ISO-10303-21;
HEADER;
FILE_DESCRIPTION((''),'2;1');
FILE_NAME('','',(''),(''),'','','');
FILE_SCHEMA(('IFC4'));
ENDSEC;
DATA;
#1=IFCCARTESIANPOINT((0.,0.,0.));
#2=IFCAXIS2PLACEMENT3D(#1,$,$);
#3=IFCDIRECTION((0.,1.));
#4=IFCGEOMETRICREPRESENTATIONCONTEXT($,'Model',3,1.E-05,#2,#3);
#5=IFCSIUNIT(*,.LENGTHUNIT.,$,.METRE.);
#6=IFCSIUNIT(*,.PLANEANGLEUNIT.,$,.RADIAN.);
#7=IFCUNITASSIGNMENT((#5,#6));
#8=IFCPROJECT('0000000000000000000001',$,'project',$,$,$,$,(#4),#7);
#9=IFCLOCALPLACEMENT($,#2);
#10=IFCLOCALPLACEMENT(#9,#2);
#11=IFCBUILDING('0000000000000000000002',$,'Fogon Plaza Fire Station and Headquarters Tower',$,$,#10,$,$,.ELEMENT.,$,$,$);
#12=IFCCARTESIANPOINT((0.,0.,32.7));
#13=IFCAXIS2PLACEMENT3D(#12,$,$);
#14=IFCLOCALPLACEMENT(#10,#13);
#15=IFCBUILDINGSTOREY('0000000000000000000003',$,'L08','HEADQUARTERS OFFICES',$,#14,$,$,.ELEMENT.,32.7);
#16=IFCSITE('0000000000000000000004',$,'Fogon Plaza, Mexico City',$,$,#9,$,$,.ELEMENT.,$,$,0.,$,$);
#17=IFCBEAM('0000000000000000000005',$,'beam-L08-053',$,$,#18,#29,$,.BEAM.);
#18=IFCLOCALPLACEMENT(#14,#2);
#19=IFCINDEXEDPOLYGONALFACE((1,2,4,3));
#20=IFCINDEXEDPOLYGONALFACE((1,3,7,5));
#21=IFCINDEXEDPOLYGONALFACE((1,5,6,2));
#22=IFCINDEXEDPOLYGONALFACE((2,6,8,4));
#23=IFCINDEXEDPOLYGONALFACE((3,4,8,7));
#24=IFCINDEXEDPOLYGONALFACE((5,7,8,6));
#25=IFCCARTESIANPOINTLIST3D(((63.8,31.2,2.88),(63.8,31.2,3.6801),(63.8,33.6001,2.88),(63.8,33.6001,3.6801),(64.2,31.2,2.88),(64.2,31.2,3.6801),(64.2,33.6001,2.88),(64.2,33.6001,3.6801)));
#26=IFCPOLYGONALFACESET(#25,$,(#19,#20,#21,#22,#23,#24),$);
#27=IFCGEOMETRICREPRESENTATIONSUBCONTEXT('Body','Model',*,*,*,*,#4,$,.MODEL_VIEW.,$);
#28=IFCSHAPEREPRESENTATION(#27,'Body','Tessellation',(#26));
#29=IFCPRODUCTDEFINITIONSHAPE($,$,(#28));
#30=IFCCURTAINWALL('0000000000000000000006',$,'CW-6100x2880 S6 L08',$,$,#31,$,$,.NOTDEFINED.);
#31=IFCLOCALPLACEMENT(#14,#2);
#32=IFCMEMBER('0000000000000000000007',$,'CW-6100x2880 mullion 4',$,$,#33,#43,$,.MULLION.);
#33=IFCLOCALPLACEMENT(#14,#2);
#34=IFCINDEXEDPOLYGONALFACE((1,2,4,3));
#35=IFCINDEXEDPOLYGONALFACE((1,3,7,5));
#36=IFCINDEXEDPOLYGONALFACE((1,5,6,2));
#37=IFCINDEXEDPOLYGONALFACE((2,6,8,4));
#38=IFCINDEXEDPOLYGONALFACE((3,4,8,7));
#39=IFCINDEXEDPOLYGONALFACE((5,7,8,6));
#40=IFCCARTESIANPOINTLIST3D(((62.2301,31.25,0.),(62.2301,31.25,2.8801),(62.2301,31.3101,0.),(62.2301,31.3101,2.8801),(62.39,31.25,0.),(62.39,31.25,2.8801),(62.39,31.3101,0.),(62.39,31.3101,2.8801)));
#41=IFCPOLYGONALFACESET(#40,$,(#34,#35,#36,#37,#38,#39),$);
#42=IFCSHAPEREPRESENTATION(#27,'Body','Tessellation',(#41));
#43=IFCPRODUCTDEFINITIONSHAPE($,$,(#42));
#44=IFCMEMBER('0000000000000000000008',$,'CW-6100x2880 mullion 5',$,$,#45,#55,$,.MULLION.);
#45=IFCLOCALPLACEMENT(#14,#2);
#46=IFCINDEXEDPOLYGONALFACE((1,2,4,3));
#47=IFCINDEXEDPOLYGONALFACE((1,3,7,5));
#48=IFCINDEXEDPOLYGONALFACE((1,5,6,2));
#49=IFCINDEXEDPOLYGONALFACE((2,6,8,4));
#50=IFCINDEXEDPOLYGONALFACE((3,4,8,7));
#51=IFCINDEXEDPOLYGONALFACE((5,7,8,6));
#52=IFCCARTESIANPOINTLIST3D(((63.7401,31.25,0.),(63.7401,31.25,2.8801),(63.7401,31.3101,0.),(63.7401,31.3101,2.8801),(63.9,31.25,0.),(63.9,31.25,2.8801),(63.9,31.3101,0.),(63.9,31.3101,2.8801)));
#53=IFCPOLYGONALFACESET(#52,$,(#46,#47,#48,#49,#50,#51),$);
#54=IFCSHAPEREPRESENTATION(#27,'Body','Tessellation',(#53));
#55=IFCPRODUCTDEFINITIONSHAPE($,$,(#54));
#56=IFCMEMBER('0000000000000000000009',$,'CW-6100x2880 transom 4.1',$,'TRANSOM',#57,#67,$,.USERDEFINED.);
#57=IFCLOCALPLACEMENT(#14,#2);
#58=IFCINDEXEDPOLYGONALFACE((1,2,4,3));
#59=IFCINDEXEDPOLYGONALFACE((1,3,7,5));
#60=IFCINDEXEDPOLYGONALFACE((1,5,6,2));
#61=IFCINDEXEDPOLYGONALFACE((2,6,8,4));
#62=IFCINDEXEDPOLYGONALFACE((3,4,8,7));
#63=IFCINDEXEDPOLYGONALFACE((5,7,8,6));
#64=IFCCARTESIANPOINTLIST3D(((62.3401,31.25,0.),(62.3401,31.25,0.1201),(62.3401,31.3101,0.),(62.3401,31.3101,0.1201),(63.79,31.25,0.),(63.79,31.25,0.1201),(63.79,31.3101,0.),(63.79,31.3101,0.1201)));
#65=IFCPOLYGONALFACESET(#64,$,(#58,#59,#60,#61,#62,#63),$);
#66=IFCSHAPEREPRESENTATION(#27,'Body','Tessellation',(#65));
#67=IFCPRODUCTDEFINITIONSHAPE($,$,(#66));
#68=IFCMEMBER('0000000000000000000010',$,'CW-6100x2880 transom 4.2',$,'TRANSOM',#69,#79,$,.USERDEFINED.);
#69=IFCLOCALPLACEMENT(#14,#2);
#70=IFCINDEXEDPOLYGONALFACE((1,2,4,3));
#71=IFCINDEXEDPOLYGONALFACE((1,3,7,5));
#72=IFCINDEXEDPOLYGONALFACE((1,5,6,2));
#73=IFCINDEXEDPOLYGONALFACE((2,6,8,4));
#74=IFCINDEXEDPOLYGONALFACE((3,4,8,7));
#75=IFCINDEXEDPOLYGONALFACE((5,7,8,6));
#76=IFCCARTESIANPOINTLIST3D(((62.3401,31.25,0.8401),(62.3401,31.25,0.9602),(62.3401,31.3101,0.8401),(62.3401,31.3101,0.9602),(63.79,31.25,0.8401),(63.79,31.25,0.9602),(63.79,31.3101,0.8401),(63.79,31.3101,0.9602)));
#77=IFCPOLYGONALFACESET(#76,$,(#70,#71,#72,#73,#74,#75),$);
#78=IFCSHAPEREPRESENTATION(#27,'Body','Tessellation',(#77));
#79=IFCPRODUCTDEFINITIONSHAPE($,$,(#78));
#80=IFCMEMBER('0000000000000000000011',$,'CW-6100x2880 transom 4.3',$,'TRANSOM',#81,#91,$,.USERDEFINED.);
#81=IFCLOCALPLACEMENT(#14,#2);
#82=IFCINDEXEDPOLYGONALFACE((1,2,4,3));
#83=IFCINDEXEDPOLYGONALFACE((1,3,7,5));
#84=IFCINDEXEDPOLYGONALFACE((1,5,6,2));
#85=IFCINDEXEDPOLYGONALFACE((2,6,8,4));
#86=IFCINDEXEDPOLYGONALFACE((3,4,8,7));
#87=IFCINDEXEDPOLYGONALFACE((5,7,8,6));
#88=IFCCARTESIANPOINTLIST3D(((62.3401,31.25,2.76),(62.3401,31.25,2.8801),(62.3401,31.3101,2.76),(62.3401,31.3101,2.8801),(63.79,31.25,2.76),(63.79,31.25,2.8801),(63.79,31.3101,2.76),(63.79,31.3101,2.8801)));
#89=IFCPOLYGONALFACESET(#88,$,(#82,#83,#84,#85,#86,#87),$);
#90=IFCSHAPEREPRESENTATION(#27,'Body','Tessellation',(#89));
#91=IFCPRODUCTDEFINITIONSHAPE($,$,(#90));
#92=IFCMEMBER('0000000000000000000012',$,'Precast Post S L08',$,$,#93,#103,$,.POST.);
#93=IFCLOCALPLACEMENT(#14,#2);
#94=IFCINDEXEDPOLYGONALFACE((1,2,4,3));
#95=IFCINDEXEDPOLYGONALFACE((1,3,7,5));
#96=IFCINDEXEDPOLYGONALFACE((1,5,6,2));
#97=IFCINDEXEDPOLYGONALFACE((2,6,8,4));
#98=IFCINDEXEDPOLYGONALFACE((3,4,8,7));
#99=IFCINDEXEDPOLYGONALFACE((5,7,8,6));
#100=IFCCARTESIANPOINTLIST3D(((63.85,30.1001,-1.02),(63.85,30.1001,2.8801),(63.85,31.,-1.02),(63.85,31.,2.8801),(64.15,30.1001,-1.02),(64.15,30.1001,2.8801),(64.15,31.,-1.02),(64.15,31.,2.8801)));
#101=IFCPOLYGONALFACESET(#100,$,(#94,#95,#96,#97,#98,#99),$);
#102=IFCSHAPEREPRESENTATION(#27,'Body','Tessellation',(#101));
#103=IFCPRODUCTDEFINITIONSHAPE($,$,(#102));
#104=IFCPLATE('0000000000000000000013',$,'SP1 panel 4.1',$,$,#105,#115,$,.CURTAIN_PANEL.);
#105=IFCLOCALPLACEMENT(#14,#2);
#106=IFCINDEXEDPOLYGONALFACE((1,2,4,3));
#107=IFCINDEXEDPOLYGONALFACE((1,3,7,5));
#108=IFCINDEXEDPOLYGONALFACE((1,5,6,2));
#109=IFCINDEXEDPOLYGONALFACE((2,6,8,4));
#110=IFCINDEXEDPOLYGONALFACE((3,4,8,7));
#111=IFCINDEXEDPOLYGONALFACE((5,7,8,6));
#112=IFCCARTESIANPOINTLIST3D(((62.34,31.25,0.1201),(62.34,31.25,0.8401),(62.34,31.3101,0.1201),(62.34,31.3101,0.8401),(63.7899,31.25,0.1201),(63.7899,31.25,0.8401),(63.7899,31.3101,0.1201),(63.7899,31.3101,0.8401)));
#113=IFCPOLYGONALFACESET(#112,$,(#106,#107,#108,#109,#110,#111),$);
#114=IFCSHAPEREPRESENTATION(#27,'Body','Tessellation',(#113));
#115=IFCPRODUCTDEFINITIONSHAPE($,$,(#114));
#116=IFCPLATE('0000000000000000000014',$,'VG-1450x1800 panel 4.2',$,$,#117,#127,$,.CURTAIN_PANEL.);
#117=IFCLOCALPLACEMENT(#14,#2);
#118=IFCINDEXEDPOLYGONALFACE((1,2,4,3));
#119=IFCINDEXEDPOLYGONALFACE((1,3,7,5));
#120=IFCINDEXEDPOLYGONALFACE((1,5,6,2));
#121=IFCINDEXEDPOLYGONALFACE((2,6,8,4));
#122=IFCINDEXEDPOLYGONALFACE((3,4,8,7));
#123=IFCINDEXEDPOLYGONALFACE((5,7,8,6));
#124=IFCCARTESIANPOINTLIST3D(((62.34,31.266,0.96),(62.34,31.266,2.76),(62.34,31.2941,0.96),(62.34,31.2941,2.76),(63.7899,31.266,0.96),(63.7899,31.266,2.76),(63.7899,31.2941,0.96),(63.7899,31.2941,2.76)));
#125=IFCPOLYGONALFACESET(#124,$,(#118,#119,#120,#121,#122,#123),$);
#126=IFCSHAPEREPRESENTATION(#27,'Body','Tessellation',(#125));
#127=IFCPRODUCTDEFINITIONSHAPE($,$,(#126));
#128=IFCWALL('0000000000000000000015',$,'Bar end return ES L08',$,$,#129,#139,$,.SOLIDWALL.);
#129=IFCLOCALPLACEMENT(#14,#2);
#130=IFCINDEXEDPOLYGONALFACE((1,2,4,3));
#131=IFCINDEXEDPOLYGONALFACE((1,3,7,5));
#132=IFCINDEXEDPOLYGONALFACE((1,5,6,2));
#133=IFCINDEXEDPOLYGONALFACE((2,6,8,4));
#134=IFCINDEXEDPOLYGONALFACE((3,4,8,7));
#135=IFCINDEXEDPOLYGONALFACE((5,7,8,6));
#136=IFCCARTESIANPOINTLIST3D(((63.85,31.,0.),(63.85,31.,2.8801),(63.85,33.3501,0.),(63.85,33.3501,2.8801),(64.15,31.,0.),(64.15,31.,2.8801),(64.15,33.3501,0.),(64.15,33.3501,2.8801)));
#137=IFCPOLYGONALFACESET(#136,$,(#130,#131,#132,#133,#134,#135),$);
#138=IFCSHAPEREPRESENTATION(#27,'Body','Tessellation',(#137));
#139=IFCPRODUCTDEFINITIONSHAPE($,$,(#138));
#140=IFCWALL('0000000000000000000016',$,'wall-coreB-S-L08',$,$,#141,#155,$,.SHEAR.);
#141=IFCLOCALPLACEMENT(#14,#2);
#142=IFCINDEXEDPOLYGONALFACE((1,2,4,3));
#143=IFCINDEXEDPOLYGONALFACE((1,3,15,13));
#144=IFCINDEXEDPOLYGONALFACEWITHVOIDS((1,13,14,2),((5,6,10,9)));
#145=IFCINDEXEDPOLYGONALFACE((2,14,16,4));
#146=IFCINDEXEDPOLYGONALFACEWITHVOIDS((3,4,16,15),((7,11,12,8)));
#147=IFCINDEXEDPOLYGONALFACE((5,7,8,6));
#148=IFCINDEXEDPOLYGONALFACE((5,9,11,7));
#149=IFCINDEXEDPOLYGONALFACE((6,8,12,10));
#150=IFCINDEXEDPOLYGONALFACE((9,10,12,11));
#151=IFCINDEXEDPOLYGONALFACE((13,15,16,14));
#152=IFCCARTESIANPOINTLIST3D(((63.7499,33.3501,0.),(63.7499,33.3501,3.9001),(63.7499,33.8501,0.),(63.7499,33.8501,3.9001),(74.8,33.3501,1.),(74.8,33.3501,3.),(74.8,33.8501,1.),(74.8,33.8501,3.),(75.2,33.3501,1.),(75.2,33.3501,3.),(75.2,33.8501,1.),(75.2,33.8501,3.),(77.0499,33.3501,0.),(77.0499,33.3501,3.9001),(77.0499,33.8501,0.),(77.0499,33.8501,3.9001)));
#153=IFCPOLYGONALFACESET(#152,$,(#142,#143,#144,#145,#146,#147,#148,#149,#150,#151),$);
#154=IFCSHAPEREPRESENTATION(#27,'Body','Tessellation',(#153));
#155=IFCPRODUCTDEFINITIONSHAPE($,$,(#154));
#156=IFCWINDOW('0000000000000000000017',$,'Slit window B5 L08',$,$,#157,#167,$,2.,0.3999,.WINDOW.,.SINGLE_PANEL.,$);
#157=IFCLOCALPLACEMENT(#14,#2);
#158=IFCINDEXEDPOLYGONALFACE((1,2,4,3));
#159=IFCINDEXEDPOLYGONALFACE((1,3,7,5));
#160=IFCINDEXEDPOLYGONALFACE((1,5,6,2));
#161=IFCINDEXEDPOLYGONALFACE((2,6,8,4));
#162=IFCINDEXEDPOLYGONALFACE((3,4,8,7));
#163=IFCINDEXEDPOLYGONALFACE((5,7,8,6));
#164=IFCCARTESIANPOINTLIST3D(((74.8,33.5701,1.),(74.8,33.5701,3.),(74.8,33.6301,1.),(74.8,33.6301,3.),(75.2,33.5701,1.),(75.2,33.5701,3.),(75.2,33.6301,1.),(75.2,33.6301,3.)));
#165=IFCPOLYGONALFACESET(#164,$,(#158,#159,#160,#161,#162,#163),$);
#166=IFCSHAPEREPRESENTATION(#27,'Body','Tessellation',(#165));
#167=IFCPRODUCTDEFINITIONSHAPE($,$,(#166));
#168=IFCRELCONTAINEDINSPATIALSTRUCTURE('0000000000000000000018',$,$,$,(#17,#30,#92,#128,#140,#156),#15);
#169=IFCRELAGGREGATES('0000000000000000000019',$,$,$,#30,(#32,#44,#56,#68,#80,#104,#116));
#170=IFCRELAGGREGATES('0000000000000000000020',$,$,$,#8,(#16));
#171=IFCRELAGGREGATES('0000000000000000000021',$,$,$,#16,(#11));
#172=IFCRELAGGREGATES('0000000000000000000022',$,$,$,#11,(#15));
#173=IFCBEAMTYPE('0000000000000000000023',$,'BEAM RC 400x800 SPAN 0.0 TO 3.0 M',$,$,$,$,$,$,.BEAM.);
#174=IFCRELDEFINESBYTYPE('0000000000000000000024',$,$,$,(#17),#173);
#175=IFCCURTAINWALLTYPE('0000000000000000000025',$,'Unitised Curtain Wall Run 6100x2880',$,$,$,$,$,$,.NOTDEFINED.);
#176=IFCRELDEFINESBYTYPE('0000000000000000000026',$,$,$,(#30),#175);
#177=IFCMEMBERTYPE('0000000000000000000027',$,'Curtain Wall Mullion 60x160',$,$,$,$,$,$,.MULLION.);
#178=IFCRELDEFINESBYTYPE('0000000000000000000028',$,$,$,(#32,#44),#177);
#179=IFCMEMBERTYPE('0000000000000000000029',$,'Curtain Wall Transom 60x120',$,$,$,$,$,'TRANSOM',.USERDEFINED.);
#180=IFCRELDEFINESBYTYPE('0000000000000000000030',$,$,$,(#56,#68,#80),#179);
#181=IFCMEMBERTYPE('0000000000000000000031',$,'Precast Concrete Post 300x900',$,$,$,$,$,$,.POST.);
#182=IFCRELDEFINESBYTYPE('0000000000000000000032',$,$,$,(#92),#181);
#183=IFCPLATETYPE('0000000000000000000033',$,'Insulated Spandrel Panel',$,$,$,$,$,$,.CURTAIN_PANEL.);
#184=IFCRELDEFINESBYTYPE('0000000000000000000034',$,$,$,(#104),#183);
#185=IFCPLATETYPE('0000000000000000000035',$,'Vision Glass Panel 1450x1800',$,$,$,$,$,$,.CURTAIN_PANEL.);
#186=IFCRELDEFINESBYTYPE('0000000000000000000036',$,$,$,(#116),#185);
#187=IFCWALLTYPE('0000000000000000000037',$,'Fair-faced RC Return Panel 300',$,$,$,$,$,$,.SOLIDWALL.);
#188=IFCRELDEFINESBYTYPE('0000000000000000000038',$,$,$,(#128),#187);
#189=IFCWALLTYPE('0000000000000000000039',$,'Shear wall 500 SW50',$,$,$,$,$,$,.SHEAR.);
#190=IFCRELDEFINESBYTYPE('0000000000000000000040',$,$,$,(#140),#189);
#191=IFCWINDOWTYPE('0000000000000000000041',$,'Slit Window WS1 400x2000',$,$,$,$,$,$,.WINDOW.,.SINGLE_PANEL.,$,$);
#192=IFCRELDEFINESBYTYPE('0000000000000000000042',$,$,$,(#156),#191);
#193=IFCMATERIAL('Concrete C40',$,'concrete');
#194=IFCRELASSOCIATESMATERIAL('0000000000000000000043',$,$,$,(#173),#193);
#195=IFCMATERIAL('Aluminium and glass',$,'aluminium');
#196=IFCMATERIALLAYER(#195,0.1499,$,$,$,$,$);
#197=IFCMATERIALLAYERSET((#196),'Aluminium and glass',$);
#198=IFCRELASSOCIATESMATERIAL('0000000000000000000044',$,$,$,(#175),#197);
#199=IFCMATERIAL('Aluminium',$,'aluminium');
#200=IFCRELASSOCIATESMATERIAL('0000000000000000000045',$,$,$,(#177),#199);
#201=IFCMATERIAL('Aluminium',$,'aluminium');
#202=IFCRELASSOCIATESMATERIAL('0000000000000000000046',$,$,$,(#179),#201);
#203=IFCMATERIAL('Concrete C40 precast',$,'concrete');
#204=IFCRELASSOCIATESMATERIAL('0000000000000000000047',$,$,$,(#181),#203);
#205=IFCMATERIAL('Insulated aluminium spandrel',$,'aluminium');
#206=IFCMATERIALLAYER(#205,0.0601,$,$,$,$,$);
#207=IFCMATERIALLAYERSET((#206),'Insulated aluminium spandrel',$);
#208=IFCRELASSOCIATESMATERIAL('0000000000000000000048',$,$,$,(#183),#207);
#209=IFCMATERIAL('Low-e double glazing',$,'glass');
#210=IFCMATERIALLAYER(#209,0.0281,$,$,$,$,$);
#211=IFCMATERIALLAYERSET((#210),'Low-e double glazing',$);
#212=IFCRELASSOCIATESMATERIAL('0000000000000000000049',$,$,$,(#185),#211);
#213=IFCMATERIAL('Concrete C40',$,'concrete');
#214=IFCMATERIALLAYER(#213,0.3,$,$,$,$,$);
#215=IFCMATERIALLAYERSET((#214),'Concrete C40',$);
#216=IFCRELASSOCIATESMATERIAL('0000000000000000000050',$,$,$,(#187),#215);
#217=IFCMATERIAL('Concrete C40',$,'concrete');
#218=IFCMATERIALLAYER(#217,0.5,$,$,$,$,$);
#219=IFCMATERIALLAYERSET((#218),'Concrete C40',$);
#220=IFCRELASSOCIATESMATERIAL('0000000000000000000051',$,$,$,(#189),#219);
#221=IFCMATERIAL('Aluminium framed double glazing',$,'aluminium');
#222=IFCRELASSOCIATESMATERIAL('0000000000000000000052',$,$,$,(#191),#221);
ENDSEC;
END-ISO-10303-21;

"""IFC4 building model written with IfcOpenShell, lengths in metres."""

from ifc_helpers import new_model, si_unit, direction, frame, frame_2d, origin, origin_2d, place, context, subcontext, project, spatial, rectangle, extrude, material, layer, layer_set, material_profile, profile_set, type_object, element, fill, aggregate, save


model = new_model("IFC4")

# Units and contexts
model_context = context("Model", 3, precision=1e-05, world=origin(), true_north=direction((0.0, 1.0)))
body_context = subcontext(model_context, "Body", "Model", "MODEL_VIEW")
ifc_project = project(units=[si_unit("LENGTHUNIT", "METRE"), si_unit("PLANEANGLEUNIT", "RADIAN")], contexts=[model_context])

# Site, building, storey
site_placement = place(None, origin())
site = spatial("IfcSite", under=ifc_project, at=site_placement, Name="Fogon Plaza, Mexico City", CompositionType="ELEMENT", RefElevation=0.0)
building_placement = place(site_placement, origin())
building = spatial("IfcBuilding", under=site, at=building_placement, Name="Fogon Plaza Fire Station and Headquarters Tower", CompositionType="ELEMENT")
storey_placement = place(building_placement, frame((0.0, 0.0, 32.7)))
storey = spatial("IfcBuildingStorey", under=building, at=storey_placement, Name="L08", Description="HEADQUARTERS OFFICES", CompositionType="ELEMENT", Elevation=32.7)

# Beam
ifc_material_1 = material(Name="Concrete C40", Category="concrete")
ifc_material_profile_1 = material_profile(ifc_material_1, rectangle(XDim=0.3999, YDim=0.8, at=origin_2d()), Name="RC 400x800")
ifc_profile_set_1 = profile_set([ifc_material_profile_1], Name="Concrete C40")
beam_type = type_object("IfcBeamType", Name="BEAM RC 400x800 SPAN 0.0 TO 3.0 M", PredefinedType="BEAM", material=ifc_profile_set_1)
beam_placement = place(storey_placement, frame((64.0, 31.2, 3.28), z_axis=(0.0, 1.0, 0.0), x_axis=(-1.0, 0.0, 0.0)))
element("IfcBeam", 1, at=beam_placement, inside=storey, type_object=beam_type, Name="beam-L08-053", PredefinedType="BEAM", context=body_context, shape_type="SweptSolid", body=[
    extrude(rectangle(XDim=0.3999, YDim=0.8, at=origin_2d()), origin(), (0.0, 0.0, 1.0), 2.4001),
])

# Curtain wall, members
ifc_material_2 = material(Name="Aluminium and glass", Category="aluminium")
ifc_layer_1 = layer(ifc_material_2, 0.1499)
ifc_layer_set_1 = layer_set([ifc_layer_1], Name="Aluminium and glass")
curtain_wall_type = type_object("IfcCurtainWallType", Name="Unitised Curtain Wall Run 6100x2880", PredefinedType="NOTDEFINED", material=ifc_layer_set_1)
curtain_wall_placement = place(storey_placement, origin())
curtain_wall = element("IfcCurtainWall", 2, at=curtain_wall_placement, inside=storey, type_object=curtain_wall_type, Name="CW-6100x2880 S6 L08", PredefinedType="NOTDEFINED")
ifc_material_3 = material(Name="Aluminium", Category="aluminium")
ifc_material_profile_2 = material_profile(ifc_material_3, rectangle(XDim=0.0601, YDim=0.1599, at=origin_2d()), Name="Curtain Wall Mullion 60x160")
ifc_profile_set_2 = profile_set([ifc_material_profile_2], Name="Aluminium")
member_type_1 = type_object("IfcMemberType", Name="Curtain Wall Mullion 60x160", PredefinedType="MULLION", material=ifc_profile_set_2)
member_1_placement = place(storey_placement, frame((62.3101, 31.28, 0.0), z_axis=(0.0, 0.0, 1.0), x_axis=(0.0, 1.0, 0.0)))
member_1 = element("IfcMember", 3, at=member_1_placement, type_object=member_type_1, Name="CW-6100x2880 mullion 4", PredefinedType="MULLION", context=body_context, shape_type="SweptSolid", body=[
    extrude(rectangle(XDim=0.0601, YDim=0.1599, at=origin_2d()), origin(), (0.0, 0.0, 1.0), 2.8801),
])
member_2_placement = place(storey_placement, frame((63.8201, 31.28, 0.0), z_axis=(0.0, 0.0, 1.0), x_axis=(0.0, 1.0, 0.0)))
member_2 = element("IfcMember", 4, at=member_2_placement, type_object=member_type_1, Name="CW-6100x2880 mullion 5", PredefinedType="MULLION", context=body_context, shape_type="SweptSolid", body=[
    extrude(rectangle(XDim=0.0601, YDim=0.1599, at=origin_2d()), origin(), (0.0, 0.0, 1.0), 2.8801),
])
ifc_material_4 = material(Name="Aluminium", Category="aluminium")
ifc_material_profile_3 = material_profile(ifc_material_4, rectangle(XDim=0.0601, YDim=0.1201, at=origin_2d()), Name="Curtain Wall Transom 60x120")
ifc_profile_set_3 = profile_set([ifc_material_profile_3], Name="Aluminium")
member_type_2 = type_object("IfcMemberType", Name="Curtain Wall Transom 60x120", ElementType="TRANSOM", PredefinedType="USERDEFINED", material=ifc_profile_set_3)
member_3_placement = place(storey_placement, frame((62.3401, 31.28, 0.0601), z_axis=(1.0, 0.0, 0.0), x_axis=(0.0, 1.0, 0.0)))
member_3 = element("IfcMember", 5, at=member_3_placement, type_object=member_type_2, Name="CW-6100x2880 transom 4.1", ObjectType="TRANSOM", PredefinedType="USERDEFINED", context=body_context, shape_type="SweptSolid", body=[
    extrude(rectangle(XDim=0.0601, YDim=0.1201, at=origin_2d()), origin(), (0.0, 0.0, 1.0), 1.45),
])
member_4_placement = place(storey_placement, frame((62.3401, 31.28, 0.9001), z_axis=(1.0, 0.0, 0.0), x_axis=(0.0, 1.0, 0.0)))
member_4 = element("IfcMember", 6, at=member_4_placement, type_object=member_type_2, Name="CW-6100x2880 transom 4.2", ObjectType="TRANSOM", PredefinedType="USERDEFINED", context=body_context, shape_type="SweptSolid", body=[
    extrude(rectangle(XDim=0.0601, YDim=0.1201, at=origin_2d()), origin(), (0.0, 0.0, 1.0), 1.45),
])
member_5_placement = place(storey_placement, frame((62.3401, 31.28, 2.8201), z_axis=(1.0, 0.0, 0.0), x_axis=(0.0, 1.0, 0.0)))
member_5 = element("IfcMember", 7, at=member_5_placement, type_object=member_type_2, Name="CW-6100x2880 transom 4.3", ObjectType="TRANSOM", PredefinedType="USERDEFINED", context=body_context, shape_type="SweptSolid", body=[
    extrude(rectangle(XDim=0.0601, YDim=0.1201, at=origin_2d()), origin(), (0.0, 0.0, 1.0), 1.45),
])

# Member
ifc_material_5 = material(Name="Concrete C40 precast", Category="concrete")
ifc_material_profile_4 = material_profile(ifc_material_5, rectangle(XDim=0.3, YDim=0.8999, at=origin_2d()), Name="Precast Concrete Post 300x900")
ifc_profile_set_4 = profile_set([ifc_material_profile_4], Name="Concrete C40 precast")
member_type_3 = type_object("IfcMemberType", Name="Precast Concrete Post 300x900", PredefinedType="POST", material=ifc_profile_set_4)
member_6_placement = place(storey_placement, frame((64.0, 30.55, -1.02), z_axis=(0.0, 0.0, 1.0), x_axis=(1.0, 0.0, 0.0)))
element("IfcMember", 8, at=member_6_placement, inside=storey, type_object=member_type_3, Name="Precast Post S L08", PredefinedType="POST", context=body_context, shape_type="SweptSolid", body=[
    extrude(rectangle(XDim=0.3, YDim=0.8999, at=origin_2d()), origin(), (0.0, 0.0, 1.0), 3.9001),
])

# Plates
ifc_material_6 = material(Name="Insulated aluminium spandrel", Category="aluminium")
ifc_layer_2 = layer(ifc_material_6, 0.0601)
ifc_layer_set_2 = layer_set([ifc_layer_2], Name="Insulated aluminium spandrel")
plate_type_1 = type_object("IfcPlateType", Name="Insulated Spandrel Panel", PredefinedType="CURTAIN_PANEL", material=ifc_layer_set_2)
plate_1_placement = place(storey_placement, frame((63.0649, 31.28, 0.1201), z_axis=(0.0, 0.0, 1.0), x_axis=(1.0, 0.0, 0.0)))
plate_1 = element("IfcPlate", 9, at=plate_1_placement, type_object=plate_type_1, Name="SP1 panel 4.1", PredefinedType="CURTAIN_PANEL", context=body_context, shape_type="SweptSolid", body=[
    extrude(rectangle(XDim=1.45, YDim=0.0601, at=origin_2d()), origin(), (0.0, 0.0, 1.0), 0.72),
])
ifc_material_7 = material(Name="Low-e double glazing", Category="glass")
ifc_layer_3 = layer(ifc_material_7, 0.0281)
ifc_layer_set_3 = layer_set([ifc_layer_3], Name="Low-e double glazing")
plate_type_2 = type_object("IfcPlateType", Name="Vision Glass Panel 1450x1800", PredefinedType="CURTAIN_PANEL", material=ifc_layer_set_3)
plate_2_placement = place(storey_placement, frame((63.0649, 31.28, 0.96), z_axis=(0.0, 0.0, 1.0), x_axis=(1.0, 0.0, 0.0)))
plate_2 = element("IfcPlate", 10, at=plate_2_placement, type_object=plate_type_2, Name="VG-1450x1800 panel 4.2", PredefinedType="CURTAIN_PANEL", context=body_context, shape_type="SweptSolid", body=[
    extrude(rectangle(XDim=1.45, YDim=0.0281, at=origin_2d()), origin(), (0.0, 0.0, 1.0), 1.8),
])
aggregate(curtain_wall, [member_1, member_2, member_3, member_4, member_5, plate_1, plate_2])

# Wall
ifc_material_8 = material(Name="Concrete C40", Category="concrete")
ifc_layer_4 = layer(ifc_material_8, 0.3)
ifc_layer_set_4 = layer_set([ifc_layer_4], Name="Concrete C40")
wall_type_1 = type_object("IfcWallType", Name="Fair-faced RC Return Panel 300", PredefinedType="SOLIDWALL", material=ifc_layer_set_4)
wall_1_placement = place(storey_placement, frame((64.0, 31.0, 0.0), z_axis=(0.0, 0.0, 1.0), x_axis=(0.0, 1.0, 0.0)))
element("IfcWall", 11, at=wall_1_placement, inside=storey, type_object=wall_type_1, Name="Bar end return ES L08", PredefinedType="SOLIDWALL", context=body_context, shape_type="SweptSolid", body=[
    extrude(rectangle(XDim=2.3501, YDim=0.3, at=frame_2d((1.175, 0.0))), origin(), (0.0, 0.0, 1.0), 2.8801),
])

# Wall, opening, window
ifc_material_9 = material(Name="Concrete C40", Category="concrete")
ifc_layer_5 = layer(ifc_material_9, 0.5)
ifc_layer_set_5 = layer_set([ifc_layer_5], Name="Concrete C40")
wall_type_2 = type_object("IfcWallType", Name="Shear wall 500 SW50", PredefinedType="SHEAR", material=ifc_layer_set_5)
wall_2_placement = place(storey_placement, frame((63.75, 33.6001, 0.0), z_axis=(0.0, 0.0, 1.0), x_axis=(1.0, 0.0, 0.0)))
wall_2 = element("IfcWall", 12, at=wall_2_placement, inside=storey, type_object=wall_type_2, Name="wall-coreB-S-L08", PredefinedType="SHEAR", context=body_context, shape_type="SweptSolid", body=[
    extrude(rectangle(XDim=13.3, YDim=0.5, at=frame_2d((6.6499, 0.0))), origin(), (0.0, 0.0, 1.0), 3.9001),
])
opening_1_placement = place(wall_2_placement, frame((11.05, 0.0, 1.0)))
opening_1 = element("IfcOpeningElement", 13, at=opening_1_placement, cuts=wall_2, PredefinedType="OPENING", context=body_context, shape_type="SweptSolid", body=[
    extrude(rectangle(XDim=0.3999, YDim=2.0, at=frame_2d((0.2, 1.0))), frame((0.0, 0.26, 0.0), z_axis=(0.0, -1.0, 0.0), x_axis=(1.0, 0.0, 0.0)), (0.0, 0.0, 1.0), 0.52),
])
ifc_material_10 = material(Name="Aluminium framed double glazing", Category="aluminium")
window_type = type_object("IfcWindowType", Name="Slit Window WS1 400x2000", PartitioningType="SINGLE_PANEL", PredefinedType="WINDOW", material=ifc_material_10)
window_placement = place(opening_1_placement, origin())
window = element("IfcWindow", 14, at=window_placement, inside=storey, type_object=window_type, Name="Slit window B5 L08", OverallHeight=2.0, OverallWidth=0.3999, PartitioningType="SINGLE_PANEL", PredefinedType="WINDOW", context=body_context, shape_type="SweptSolid", body=[
    extrude(rectangle(XDim=0.3999, YDim=2.0, at=frame_2d((0.2, 1.0))), frame((0.0, 0.03, 0.0), z_axis=(0.0, -1.0, 0.0), x_axis=(1.0, 0.0, 0.0)), (0.0, 0.0, 1.0), 0.0601),
])
fill(opening_1, window)

save(model, "model.ifc")
